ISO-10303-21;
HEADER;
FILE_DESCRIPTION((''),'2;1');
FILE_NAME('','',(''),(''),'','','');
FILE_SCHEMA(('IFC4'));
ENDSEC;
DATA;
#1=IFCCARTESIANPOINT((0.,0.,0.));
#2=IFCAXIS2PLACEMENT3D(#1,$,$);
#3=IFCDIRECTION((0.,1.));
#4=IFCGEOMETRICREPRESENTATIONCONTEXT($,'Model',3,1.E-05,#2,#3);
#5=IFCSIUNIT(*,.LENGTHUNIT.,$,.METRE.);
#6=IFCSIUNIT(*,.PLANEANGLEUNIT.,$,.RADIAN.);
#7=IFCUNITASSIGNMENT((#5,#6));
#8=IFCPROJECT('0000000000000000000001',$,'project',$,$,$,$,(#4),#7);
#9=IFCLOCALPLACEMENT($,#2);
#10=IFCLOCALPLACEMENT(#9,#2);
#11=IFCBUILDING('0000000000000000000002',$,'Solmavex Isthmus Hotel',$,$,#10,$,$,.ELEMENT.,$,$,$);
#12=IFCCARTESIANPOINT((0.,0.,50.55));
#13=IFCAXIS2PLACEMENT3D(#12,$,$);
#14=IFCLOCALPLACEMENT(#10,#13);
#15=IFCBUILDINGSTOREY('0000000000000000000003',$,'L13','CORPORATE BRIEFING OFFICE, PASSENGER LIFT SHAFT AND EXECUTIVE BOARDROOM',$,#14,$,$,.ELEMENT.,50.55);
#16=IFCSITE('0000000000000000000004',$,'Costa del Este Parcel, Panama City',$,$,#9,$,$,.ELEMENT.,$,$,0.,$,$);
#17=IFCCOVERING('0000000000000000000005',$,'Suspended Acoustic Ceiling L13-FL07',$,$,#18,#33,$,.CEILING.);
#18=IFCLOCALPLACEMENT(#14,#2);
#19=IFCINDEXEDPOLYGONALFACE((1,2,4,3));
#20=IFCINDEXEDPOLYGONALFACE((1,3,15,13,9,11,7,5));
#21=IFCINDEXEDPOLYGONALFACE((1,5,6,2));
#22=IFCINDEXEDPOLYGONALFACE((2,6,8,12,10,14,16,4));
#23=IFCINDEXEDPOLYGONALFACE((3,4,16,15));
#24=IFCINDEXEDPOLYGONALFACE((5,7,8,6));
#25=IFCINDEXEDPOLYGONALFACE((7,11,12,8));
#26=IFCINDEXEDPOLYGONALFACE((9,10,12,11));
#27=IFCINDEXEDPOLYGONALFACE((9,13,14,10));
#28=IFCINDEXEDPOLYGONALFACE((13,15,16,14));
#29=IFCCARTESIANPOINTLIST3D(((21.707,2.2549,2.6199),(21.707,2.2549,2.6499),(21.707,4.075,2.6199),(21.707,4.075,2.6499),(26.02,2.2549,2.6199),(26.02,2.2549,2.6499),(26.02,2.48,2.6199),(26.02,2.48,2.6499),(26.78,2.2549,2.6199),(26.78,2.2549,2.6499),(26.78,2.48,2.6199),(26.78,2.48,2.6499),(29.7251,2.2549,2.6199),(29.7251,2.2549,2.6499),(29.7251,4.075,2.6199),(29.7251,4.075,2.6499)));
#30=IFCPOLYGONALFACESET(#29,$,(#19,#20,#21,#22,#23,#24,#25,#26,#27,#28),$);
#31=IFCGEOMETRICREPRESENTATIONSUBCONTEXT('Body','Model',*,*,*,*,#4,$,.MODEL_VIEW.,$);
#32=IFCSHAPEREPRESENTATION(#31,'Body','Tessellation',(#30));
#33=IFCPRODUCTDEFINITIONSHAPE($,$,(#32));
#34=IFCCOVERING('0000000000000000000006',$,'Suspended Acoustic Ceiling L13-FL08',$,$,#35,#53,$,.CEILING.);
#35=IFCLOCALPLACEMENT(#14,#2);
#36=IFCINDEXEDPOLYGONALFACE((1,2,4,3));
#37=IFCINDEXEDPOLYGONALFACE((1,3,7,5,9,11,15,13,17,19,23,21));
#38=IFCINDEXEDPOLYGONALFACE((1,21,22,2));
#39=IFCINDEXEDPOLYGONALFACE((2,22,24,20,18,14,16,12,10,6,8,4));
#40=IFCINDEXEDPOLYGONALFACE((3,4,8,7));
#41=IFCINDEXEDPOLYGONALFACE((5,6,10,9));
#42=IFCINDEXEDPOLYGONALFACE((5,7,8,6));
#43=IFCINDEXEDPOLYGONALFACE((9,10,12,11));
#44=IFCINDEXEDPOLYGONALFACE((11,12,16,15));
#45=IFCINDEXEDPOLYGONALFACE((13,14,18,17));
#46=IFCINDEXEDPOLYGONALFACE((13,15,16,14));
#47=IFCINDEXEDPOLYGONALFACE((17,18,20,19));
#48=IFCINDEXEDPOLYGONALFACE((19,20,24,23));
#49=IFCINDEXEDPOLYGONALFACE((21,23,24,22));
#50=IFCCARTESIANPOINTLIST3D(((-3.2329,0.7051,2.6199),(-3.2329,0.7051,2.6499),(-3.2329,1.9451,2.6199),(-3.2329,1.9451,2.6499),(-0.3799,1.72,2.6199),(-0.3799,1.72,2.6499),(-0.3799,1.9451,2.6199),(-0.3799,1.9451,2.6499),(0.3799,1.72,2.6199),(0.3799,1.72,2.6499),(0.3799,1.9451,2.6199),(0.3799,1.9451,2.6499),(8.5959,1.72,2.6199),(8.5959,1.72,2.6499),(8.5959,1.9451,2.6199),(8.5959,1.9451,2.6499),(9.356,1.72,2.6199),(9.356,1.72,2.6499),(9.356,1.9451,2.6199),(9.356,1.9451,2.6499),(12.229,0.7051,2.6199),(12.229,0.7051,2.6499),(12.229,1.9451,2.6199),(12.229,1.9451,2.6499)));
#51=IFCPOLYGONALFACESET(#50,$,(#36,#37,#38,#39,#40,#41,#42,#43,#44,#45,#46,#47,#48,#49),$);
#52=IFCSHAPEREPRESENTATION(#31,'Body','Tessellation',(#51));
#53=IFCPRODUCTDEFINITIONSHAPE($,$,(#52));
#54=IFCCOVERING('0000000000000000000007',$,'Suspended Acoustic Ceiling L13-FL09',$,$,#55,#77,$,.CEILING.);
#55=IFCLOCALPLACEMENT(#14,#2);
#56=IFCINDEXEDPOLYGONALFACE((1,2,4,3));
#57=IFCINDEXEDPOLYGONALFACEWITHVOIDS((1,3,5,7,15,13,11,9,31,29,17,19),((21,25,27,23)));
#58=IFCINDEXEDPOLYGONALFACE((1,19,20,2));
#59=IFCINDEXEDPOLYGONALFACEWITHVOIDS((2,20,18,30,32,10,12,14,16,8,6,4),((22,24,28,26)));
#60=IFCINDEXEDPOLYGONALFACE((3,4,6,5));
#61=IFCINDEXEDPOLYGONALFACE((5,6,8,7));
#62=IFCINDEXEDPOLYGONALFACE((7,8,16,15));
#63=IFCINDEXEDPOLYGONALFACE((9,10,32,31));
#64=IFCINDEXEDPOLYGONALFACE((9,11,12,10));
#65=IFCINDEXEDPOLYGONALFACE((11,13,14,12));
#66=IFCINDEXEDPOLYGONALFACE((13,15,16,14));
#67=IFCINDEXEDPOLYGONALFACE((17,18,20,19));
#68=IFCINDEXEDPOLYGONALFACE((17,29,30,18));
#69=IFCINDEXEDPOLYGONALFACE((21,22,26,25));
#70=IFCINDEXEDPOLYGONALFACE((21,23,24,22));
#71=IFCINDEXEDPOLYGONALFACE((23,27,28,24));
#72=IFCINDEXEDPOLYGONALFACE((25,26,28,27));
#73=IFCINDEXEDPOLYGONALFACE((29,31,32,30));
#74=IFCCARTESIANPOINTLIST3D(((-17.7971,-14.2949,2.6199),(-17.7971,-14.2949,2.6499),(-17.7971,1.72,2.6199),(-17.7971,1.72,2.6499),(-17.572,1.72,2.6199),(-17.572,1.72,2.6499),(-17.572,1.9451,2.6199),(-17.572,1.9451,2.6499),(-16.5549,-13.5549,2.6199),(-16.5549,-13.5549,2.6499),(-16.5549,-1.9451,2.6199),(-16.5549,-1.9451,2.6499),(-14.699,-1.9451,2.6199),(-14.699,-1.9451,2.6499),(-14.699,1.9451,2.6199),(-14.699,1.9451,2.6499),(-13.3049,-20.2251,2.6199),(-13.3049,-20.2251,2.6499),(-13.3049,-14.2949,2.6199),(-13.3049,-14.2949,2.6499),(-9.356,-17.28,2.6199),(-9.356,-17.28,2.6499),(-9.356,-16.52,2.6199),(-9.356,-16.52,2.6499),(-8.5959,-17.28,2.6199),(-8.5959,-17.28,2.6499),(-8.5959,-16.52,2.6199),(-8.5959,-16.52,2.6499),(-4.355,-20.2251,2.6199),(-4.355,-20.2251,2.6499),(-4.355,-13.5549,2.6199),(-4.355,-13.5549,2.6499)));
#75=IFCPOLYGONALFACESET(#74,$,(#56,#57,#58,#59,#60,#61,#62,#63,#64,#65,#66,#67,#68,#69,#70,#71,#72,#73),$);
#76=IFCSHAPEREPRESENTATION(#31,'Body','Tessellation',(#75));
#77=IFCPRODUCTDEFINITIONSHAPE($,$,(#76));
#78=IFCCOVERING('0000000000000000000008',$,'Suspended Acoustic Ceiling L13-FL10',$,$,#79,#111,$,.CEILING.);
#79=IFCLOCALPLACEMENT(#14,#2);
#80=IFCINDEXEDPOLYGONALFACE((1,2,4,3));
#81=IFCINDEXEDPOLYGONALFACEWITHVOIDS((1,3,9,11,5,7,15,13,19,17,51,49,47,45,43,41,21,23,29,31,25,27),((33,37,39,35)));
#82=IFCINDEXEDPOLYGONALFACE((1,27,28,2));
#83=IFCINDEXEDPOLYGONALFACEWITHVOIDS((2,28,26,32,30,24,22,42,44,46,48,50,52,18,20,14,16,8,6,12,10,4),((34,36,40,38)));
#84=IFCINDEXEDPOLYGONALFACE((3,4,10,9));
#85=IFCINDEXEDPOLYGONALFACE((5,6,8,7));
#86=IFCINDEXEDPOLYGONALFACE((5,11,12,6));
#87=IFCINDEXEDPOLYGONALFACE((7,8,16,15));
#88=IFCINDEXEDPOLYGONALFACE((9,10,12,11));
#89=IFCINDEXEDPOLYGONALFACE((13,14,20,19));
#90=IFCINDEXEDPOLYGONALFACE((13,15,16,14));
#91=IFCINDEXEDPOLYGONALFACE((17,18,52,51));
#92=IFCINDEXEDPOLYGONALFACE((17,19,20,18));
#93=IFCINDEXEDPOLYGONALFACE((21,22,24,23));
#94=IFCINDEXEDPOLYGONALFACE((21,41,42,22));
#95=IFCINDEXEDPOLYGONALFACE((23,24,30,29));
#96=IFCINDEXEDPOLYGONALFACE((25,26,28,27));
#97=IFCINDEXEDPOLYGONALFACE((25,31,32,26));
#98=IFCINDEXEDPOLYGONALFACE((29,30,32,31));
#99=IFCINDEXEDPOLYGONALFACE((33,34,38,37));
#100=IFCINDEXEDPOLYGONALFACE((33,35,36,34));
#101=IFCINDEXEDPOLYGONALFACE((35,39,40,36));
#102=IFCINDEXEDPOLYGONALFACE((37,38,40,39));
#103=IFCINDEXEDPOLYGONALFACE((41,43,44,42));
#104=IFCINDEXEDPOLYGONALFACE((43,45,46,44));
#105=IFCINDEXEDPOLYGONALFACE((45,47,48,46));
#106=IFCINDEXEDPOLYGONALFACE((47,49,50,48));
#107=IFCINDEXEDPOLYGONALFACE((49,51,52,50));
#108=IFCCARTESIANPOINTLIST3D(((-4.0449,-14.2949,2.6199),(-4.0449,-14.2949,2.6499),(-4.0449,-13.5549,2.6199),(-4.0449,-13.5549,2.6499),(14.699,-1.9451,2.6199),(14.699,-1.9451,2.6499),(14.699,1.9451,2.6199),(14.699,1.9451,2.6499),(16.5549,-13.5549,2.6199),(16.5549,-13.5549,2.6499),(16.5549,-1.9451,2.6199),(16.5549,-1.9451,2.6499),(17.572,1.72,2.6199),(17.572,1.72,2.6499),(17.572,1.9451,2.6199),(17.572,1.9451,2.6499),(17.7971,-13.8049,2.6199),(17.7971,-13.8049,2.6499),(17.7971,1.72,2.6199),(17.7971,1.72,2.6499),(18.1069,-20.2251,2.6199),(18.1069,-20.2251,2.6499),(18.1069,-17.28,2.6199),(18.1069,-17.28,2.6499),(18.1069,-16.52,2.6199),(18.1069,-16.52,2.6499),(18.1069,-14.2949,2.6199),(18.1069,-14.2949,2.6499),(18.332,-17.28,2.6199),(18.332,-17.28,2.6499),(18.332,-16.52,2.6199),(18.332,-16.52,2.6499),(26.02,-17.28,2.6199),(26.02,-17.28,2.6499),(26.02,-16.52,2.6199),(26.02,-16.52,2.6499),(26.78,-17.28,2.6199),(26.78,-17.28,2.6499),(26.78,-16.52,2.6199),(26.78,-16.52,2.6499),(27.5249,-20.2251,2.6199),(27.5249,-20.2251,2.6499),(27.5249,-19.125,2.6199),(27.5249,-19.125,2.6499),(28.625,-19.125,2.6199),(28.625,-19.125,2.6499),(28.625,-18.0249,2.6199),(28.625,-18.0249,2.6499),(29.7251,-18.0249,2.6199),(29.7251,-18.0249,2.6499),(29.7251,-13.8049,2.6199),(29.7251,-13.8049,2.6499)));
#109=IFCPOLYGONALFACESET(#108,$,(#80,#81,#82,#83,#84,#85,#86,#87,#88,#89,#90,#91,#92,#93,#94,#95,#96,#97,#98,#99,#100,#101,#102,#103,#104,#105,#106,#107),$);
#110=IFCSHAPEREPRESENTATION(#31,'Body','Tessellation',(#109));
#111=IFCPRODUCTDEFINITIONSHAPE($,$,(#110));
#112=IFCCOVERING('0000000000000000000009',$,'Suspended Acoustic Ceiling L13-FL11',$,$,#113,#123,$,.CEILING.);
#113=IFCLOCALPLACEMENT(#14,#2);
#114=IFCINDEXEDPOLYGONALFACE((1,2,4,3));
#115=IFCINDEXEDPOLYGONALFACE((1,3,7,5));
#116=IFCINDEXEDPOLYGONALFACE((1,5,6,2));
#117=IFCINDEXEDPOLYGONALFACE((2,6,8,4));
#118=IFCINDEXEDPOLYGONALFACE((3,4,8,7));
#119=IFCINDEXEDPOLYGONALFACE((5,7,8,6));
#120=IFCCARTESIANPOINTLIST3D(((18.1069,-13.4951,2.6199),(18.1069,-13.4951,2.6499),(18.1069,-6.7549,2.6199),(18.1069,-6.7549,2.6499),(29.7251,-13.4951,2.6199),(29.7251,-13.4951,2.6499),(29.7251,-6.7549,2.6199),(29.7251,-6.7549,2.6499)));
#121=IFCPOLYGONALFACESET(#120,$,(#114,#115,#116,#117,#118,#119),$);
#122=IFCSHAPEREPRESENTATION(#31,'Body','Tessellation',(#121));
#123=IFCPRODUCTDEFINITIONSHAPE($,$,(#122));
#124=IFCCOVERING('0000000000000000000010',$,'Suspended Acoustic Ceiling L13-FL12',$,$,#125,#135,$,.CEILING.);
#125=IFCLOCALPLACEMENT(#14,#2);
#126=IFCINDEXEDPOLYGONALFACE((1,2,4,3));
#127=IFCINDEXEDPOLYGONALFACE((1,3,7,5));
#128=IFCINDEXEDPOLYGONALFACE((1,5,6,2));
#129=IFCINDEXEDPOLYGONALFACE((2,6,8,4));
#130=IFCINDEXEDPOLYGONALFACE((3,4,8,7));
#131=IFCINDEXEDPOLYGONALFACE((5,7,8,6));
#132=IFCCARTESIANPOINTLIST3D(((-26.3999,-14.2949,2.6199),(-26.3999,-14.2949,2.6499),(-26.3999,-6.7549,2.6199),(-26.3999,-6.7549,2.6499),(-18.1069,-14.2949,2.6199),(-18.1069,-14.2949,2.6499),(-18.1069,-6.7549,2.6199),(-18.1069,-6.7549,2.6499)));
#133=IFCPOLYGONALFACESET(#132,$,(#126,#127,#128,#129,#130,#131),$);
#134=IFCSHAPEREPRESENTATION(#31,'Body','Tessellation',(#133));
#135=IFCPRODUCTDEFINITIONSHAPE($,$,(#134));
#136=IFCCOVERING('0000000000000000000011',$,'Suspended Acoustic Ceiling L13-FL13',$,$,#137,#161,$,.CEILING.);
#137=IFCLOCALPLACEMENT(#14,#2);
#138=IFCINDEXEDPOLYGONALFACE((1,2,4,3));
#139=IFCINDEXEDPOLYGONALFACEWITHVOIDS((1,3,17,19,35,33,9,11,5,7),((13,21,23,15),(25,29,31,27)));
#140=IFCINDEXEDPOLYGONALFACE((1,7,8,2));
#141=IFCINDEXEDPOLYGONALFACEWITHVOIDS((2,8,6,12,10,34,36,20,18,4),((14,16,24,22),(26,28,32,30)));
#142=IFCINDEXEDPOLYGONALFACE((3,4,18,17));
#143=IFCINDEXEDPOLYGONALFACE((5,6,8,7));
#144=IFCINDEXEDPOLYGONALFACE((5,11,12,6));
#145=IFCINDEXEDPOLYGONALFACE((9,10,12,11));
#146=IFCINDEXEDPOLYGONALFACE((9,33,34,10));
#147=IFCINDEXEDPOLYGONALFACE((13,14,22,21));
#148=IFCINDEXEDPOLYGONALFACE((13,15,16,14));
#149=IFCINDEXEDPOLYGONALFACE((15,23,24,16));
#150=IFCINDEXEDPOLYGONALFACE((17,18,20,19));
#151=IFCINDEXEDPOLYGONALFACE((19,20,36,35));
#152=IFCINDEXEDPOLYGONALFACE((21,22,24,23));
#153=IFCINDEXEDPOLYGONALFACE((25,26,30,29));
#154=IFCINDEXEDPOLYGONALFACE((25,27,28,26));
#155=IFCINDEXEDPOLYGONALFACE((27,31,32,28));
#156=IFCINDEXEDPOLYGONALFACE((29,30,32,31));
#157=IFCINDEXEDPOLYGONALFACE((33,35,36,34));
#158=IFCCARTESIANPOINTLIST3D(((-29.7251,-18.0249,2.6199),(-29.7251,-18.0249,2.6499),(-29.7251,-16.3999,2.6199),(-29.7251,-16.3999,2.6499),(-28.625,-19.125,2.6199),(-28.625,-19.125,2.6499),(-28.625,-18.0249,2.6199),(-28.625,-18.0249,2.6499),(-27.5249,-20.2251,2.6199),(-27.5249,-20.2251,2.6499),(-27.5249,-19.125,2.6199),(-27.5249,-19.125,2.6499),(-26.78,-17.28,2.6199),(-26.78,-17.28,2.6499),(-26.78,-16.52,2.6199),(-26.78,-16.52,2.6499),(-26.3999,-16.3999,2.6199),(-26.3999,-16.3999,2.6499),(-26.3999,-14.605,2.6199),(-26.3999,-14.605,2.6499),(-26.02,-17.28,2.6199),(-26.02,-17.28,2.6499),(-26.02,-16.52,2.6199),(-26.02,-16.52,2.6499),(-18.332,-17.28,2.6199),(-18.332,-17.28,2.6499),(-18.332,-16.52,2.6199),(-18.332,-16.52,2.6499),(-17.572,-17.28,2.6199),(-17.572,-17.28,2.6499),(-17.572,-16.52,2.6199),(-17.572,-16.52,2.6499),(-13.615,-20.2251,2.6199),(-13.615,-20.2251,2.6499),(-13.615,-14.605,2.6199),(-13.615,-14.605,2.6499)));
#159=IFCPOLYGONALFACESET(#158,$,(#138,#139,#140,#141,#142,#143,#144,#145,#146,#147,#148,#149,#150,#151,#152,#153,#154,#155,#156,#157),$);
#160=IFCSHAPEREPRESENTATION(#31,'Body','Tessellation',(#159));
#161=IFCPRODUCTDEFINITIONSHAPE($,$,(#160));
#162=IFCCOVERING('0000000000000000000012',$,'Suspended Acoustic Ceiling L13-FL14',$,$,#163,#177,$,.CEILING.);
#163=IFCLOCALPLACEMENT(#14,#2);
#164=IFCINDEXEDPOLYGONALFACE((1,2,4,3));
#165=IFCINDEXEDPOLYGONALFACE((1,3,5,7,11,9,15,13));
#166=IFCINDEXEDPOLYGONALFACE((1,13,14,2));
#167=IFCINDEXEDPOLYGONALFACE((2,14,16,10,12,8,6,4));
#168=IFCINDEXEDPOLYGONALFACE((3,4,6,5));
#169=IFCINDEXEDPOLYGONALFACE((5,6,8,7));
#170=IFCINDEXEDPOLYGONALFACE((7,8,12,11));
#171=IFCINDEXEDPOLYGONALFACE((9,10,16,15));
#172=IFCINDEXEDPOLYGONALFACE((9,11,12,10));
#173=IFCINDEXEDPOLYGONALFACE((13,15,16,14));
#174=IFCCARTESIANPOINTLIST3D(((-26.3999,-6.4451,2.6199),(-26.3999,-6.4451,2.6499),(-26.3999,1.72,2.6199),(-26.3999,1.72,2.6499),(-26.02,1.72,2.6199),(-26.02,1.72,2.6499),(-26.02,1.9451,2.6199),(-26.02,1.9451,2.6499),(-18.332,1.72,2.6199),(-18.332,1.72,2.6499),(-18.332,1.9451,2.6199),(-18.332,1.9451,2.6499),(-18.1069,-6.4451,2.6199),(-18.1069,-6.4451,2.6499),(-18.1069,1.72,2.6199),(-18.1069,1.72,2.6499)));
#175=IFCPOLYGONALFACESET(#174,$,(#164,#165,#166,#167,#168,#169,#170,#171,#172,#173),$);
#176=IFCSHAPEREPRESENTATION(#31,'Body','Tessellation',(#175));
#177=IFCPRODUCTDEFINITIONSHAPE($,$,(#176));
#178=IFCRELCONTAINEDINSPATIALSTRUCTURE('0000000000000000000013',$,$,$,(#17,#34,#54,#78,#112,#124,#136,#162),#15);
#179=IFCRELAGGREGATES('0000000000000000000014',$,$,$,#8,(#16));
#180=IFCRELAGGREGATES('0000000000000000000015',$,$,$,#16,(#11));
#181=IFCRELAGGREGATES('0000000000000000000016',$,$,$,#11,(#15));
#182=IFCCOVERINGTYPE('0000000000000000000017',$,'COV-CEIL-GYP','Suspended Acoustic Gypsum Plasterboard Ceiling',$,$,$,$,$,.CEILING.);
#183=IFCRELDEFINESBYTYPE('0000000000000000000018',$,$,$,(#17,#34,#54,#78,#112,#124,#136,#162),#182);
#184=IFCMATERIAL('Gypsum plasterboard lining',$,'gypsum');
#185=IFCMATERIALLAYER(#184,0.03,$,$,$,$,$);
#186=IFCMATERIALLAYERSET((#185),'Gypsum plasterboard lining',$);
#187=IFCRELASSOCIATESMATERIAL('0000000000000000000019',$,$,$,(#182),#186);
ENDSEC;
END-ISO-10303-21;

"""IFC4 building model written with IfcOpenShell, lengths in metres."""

from ifc_helpers import new_model, si_unit, direction, frame, origin, place, context, subcontext, project, spatial, polyline, outline, extrude, material, layer, layer_set, type_object, element, save


model = new_model("IFC4")

# Units and contexts
model_context = context("Model", 3, precision=1e-05, world=origin(), true_north=direction((0.0, 1.0)))
body_context = subcontext(model_context, "Body", "Model", "MODEL_VIEW")
ifc_project = project(units=[si_unit("LENGTHUNIT", "METRE"), si_unit("PLANEANGLEUNIT", "RADIAN")], contexts=[model_context])

# Site, building, storey
site_placement = place(None, origin())
site = spatial("IfcSite", under=ifc_project, at=site_placement, Name="Costa del Este Parcel, Panama City", CompositionType="ELEMENT", RefElevation=0.0)
building_placement = place(site_placement, origin())
building = spatial("IfcBuilding", under=site, at=building_placement, Name="Solmavex Isthmus Hotel", CompositionType="ELEMENT")
storey_placement = place(building_placement, frame((0.0, 0.0, 50.55)))
storey = spatial("IfcBuildingStorey", under=building, at=storey_placement, Name="L13", Description="CORPORATE BRIEFING OFFICE, PASSENGER LIFT SHAFT AND EXECUTIVE BOARDROOM", CompositionType="ELEMENT", Elevation=50.55)

# Coverings
ifc_material_1 = material(Name="Gypsum plasterboard lining", Category="gypsum")
ifc_layer_1 = layer(ifc_material_1, 0.03)
ifc_layer_set_1 = layer_set([ifc_layer_1], Name="Gypsum plasterboard lining")
covering_type_1 = type_object("IfcCoveringType", Name="COV-CEIL-GYP", Description="Suspended Acoustic Gypsum Plasterboard Ceiling", PredefinedType="CEILING", material=ifc_layer_set_1)
covering_1_placement = place(storey_placement, frame((0.0, 0.0, 2.6199)))
element("IfcCovering", 1, at=covering_1_placement, inside=storey, type_object=covering_type_1, Name="Suspended Acoustic Ceiling L13-FL07", PredefinedType="CEILING", context=body_context, shape_type="SweptSolid", body=[
    extrude(outline(polyline([(26.02, 2.2549), (26.02, 2.48), (26.78, 2.48), (26.78, 2.2549), (29.7251, 2.2549), (29.7251, 4.075), (21.707, 4.075), (21.707, 2.2549), (26.02, 2.2549)])), origin(), (0.0, 0.0, 1.0), 0.03),
])
covering_2_placement = place(storey_placement, frame((0.0, 0.0, 2.6199)))
element("IfcCovering", 2, at=covering_2_placement, inside=storey, type_object=covering_type_1, Name="Suspended Acoustic Ceiling L13-FL08", PredefinedType="CEILING", context=body_context, shape_type="SweptSolid", body=[
    extrude(outline(polyline([(0.3799, 1.9451), (0.3799, 1.72), (-0.3799, 1.72), (-0.3799, 1.9451), (-3.2329, 1.9451), (-3.2329, 0.7051), (12.229, 0.7051), (12.229, 1.9451), (9.356, 1.9451), (9.356, 1.72), (8.5959, 1.72), (8.5959, 1.9451), (0.3799, 1.9451)])), origin(), (0.0, 0.0, 1.0), 0.03),
])
covering_3_placement = place(storey_placement, frame((0.0, 0.0, 2.6199)))
element("IfcCovering", 3, at=covering_3_placement, inside=storey, type_object=covering_type_1, Name="Suspended Acoustic Ceiling L13-FL09", PredefinedType="CEILING", context=body_context, shape_type="SweptSolid", body=[
    extrude(outline(polyline([(-17.572, 1.9451), (-17.572, 1.72), (-17.7971, 1.72), (-17.7971, -14.2949), (-13.3049, -14.2949), (-13.3049, -20.2251), (-4.355, -20.2251), (-4.355, -13.5549), (-16.5549, -13.5549), (-16.5549, -1.9451), (-14.699, -1.9451), (-14.699, 1.9451), (-17.572, 1.9451)]), holes=[polyline([(-9.356, -17.28), (-9.356, -16.52), (-8.5959, -16.52), (-8.5959, -17.28), (-9.356, -17.28)])]), origin(), (0.0, 0.0, 1.0), 0.03),
])
covering_4_placement = place(storey_placement, frame((0.0, 0.0, 2.6199)))
element("IfcCovering", 4, at=covering_4_placement, inside=storey, type_object=covering_type_1, Name="Suspended Acoustic Ceiling L13-FL10", PredefinedType="CEILING", context=body_context, shape_type="SweptSolid", body=[
    extrude(outline(polyline([(18.1069, -16.52), (18.332, -16.52), (18.332, -17.28), (18.1069, -17.28), (18.1069, -20.2251), (27.5249, -20.2251), (27.5249, -19.125), (28.625, -19.125), (28.625, -18.0249), (29.7251, -18.0249), (29.7251, -13.8049), (17.7971, -13.8049), (17.7971, 1.72), (17.572, 1.72), (17.572, 1.9451), (14.699, 1.9451), (14.699, -1.9451), (16.5549, -1.9451), (16.5549, -13.5549), (-4.0449, -13.5549), (-4.0449, -14.2949), (18.1069, -14.2949), (18.1069, -16.52)]), holes=[polyline([(26.02, -17.28), (26.02, -16.52), (26.78, -16.52), (26.78, -17.28), (26.02, -17.28)])]), origin(), (0.0, 0.0, 1.0), 0.03),
])
covering_5_placement = place(storey_placement, frame((0.0, 0.0, 2.6199)))
element("IfcCovering", 5, at=covering_5_placement, inside=storey, type_object=covering_type_1, Name="Suspended Acoustic Ceiling L13-FL11", PredefinedType="CEILING", context=body_context, shape_type="SweptSolid", body=[
    extrude(outline(polyline([(29.7251, -6.7549), (18.1069, -6.7549), (18.1069, -13.4951), (29.7251, -13.4951), (29.7251, -6.7549)])), origin(), (0.0, 0.0, 1.0), 0.03),
])
covering_6_placement = place(storey_placement, frame((0.0, 0.0, 2.6199)))
element("IfcCovering", 6, at=covering_6_placement, inside=storey, type_object=covering_type_1, Name="Suspended Acoustic Ceiling L13-FL12", PredefinedType="CEILING", context=body_context, shape_type="SweptSolid", body=[
    extrude(outline(polyline([(-26.3999, -6.7549), (-26.3999, -14.2949), (-18.1069, -14.2949), (-18.1069, -6.7549), (-26.3999, -6.7549)])), origin(), (0.0, 0.0, 1.0), 0.03),
])
covering_7_placement = place(storey_placement, frame((0.0, 0.0, 2.6199)))
element("IfcCovering", 7, at=covering_7_placement, inside=storey, type_object=covering_type_1, Name="Suspended Acoustic Ceiling L13-FL13", PredefinedType="CEILING", context=body_context, shape_type="SweptSolid", body=[
    extrude(outline(polyline([(-29.7251, -18.0249), (-28.625, -18.0249), (-28.625, -19.125), (-27.5249, -19.125), (-27.5249, -20.2251), (-13.615, -20.2251), (-13.615, -14.605), (-26.3999, -14.605), (-26.3999, -16.3999), (-29.7251, -16.3999), (-29.7251, -18.0249)]), holes=[polyline([(-18.332, -17.28), (-18.332, -16.52), (-17.572, -16.52), (-17.572, -17.28), (-18.332, -17.28)]), polyline([(-26.78, -17.28), (-26.78, -16.52), (-26.02, -16.52), (-26.02, -17.28), (-26.78, -17.28)])]), origin(), (0.0, 0.0, 1.0), 0.03),
])
covering_8_placement = place(storey_placement, frame((0.0, 0.0, 2.6199)))
element("IfcCovering", 8, at=covering_8_placement, inside=storey, type_object=covering_type_1, Name="Suspended Acoustic Ceiling L13-FL14", PredefinedType="CEILING", context=body_context, shape_type="SweptSolid", body=[
    extrude(outline(polyline([(-26.02, 1.9451), (-26.02, 1.72), (-26.3999, 1.72), (-26.3999, -6.4451), (-18.1069, -6.4451), (-18.1069, 1.72), (-18.332, 1.72), (-18.332, 1.9451), (-26.02, 1.9451)])), origin(), (0.0, 0.0, 1.0), 0.03),
])

save(model, "model.ifc")
